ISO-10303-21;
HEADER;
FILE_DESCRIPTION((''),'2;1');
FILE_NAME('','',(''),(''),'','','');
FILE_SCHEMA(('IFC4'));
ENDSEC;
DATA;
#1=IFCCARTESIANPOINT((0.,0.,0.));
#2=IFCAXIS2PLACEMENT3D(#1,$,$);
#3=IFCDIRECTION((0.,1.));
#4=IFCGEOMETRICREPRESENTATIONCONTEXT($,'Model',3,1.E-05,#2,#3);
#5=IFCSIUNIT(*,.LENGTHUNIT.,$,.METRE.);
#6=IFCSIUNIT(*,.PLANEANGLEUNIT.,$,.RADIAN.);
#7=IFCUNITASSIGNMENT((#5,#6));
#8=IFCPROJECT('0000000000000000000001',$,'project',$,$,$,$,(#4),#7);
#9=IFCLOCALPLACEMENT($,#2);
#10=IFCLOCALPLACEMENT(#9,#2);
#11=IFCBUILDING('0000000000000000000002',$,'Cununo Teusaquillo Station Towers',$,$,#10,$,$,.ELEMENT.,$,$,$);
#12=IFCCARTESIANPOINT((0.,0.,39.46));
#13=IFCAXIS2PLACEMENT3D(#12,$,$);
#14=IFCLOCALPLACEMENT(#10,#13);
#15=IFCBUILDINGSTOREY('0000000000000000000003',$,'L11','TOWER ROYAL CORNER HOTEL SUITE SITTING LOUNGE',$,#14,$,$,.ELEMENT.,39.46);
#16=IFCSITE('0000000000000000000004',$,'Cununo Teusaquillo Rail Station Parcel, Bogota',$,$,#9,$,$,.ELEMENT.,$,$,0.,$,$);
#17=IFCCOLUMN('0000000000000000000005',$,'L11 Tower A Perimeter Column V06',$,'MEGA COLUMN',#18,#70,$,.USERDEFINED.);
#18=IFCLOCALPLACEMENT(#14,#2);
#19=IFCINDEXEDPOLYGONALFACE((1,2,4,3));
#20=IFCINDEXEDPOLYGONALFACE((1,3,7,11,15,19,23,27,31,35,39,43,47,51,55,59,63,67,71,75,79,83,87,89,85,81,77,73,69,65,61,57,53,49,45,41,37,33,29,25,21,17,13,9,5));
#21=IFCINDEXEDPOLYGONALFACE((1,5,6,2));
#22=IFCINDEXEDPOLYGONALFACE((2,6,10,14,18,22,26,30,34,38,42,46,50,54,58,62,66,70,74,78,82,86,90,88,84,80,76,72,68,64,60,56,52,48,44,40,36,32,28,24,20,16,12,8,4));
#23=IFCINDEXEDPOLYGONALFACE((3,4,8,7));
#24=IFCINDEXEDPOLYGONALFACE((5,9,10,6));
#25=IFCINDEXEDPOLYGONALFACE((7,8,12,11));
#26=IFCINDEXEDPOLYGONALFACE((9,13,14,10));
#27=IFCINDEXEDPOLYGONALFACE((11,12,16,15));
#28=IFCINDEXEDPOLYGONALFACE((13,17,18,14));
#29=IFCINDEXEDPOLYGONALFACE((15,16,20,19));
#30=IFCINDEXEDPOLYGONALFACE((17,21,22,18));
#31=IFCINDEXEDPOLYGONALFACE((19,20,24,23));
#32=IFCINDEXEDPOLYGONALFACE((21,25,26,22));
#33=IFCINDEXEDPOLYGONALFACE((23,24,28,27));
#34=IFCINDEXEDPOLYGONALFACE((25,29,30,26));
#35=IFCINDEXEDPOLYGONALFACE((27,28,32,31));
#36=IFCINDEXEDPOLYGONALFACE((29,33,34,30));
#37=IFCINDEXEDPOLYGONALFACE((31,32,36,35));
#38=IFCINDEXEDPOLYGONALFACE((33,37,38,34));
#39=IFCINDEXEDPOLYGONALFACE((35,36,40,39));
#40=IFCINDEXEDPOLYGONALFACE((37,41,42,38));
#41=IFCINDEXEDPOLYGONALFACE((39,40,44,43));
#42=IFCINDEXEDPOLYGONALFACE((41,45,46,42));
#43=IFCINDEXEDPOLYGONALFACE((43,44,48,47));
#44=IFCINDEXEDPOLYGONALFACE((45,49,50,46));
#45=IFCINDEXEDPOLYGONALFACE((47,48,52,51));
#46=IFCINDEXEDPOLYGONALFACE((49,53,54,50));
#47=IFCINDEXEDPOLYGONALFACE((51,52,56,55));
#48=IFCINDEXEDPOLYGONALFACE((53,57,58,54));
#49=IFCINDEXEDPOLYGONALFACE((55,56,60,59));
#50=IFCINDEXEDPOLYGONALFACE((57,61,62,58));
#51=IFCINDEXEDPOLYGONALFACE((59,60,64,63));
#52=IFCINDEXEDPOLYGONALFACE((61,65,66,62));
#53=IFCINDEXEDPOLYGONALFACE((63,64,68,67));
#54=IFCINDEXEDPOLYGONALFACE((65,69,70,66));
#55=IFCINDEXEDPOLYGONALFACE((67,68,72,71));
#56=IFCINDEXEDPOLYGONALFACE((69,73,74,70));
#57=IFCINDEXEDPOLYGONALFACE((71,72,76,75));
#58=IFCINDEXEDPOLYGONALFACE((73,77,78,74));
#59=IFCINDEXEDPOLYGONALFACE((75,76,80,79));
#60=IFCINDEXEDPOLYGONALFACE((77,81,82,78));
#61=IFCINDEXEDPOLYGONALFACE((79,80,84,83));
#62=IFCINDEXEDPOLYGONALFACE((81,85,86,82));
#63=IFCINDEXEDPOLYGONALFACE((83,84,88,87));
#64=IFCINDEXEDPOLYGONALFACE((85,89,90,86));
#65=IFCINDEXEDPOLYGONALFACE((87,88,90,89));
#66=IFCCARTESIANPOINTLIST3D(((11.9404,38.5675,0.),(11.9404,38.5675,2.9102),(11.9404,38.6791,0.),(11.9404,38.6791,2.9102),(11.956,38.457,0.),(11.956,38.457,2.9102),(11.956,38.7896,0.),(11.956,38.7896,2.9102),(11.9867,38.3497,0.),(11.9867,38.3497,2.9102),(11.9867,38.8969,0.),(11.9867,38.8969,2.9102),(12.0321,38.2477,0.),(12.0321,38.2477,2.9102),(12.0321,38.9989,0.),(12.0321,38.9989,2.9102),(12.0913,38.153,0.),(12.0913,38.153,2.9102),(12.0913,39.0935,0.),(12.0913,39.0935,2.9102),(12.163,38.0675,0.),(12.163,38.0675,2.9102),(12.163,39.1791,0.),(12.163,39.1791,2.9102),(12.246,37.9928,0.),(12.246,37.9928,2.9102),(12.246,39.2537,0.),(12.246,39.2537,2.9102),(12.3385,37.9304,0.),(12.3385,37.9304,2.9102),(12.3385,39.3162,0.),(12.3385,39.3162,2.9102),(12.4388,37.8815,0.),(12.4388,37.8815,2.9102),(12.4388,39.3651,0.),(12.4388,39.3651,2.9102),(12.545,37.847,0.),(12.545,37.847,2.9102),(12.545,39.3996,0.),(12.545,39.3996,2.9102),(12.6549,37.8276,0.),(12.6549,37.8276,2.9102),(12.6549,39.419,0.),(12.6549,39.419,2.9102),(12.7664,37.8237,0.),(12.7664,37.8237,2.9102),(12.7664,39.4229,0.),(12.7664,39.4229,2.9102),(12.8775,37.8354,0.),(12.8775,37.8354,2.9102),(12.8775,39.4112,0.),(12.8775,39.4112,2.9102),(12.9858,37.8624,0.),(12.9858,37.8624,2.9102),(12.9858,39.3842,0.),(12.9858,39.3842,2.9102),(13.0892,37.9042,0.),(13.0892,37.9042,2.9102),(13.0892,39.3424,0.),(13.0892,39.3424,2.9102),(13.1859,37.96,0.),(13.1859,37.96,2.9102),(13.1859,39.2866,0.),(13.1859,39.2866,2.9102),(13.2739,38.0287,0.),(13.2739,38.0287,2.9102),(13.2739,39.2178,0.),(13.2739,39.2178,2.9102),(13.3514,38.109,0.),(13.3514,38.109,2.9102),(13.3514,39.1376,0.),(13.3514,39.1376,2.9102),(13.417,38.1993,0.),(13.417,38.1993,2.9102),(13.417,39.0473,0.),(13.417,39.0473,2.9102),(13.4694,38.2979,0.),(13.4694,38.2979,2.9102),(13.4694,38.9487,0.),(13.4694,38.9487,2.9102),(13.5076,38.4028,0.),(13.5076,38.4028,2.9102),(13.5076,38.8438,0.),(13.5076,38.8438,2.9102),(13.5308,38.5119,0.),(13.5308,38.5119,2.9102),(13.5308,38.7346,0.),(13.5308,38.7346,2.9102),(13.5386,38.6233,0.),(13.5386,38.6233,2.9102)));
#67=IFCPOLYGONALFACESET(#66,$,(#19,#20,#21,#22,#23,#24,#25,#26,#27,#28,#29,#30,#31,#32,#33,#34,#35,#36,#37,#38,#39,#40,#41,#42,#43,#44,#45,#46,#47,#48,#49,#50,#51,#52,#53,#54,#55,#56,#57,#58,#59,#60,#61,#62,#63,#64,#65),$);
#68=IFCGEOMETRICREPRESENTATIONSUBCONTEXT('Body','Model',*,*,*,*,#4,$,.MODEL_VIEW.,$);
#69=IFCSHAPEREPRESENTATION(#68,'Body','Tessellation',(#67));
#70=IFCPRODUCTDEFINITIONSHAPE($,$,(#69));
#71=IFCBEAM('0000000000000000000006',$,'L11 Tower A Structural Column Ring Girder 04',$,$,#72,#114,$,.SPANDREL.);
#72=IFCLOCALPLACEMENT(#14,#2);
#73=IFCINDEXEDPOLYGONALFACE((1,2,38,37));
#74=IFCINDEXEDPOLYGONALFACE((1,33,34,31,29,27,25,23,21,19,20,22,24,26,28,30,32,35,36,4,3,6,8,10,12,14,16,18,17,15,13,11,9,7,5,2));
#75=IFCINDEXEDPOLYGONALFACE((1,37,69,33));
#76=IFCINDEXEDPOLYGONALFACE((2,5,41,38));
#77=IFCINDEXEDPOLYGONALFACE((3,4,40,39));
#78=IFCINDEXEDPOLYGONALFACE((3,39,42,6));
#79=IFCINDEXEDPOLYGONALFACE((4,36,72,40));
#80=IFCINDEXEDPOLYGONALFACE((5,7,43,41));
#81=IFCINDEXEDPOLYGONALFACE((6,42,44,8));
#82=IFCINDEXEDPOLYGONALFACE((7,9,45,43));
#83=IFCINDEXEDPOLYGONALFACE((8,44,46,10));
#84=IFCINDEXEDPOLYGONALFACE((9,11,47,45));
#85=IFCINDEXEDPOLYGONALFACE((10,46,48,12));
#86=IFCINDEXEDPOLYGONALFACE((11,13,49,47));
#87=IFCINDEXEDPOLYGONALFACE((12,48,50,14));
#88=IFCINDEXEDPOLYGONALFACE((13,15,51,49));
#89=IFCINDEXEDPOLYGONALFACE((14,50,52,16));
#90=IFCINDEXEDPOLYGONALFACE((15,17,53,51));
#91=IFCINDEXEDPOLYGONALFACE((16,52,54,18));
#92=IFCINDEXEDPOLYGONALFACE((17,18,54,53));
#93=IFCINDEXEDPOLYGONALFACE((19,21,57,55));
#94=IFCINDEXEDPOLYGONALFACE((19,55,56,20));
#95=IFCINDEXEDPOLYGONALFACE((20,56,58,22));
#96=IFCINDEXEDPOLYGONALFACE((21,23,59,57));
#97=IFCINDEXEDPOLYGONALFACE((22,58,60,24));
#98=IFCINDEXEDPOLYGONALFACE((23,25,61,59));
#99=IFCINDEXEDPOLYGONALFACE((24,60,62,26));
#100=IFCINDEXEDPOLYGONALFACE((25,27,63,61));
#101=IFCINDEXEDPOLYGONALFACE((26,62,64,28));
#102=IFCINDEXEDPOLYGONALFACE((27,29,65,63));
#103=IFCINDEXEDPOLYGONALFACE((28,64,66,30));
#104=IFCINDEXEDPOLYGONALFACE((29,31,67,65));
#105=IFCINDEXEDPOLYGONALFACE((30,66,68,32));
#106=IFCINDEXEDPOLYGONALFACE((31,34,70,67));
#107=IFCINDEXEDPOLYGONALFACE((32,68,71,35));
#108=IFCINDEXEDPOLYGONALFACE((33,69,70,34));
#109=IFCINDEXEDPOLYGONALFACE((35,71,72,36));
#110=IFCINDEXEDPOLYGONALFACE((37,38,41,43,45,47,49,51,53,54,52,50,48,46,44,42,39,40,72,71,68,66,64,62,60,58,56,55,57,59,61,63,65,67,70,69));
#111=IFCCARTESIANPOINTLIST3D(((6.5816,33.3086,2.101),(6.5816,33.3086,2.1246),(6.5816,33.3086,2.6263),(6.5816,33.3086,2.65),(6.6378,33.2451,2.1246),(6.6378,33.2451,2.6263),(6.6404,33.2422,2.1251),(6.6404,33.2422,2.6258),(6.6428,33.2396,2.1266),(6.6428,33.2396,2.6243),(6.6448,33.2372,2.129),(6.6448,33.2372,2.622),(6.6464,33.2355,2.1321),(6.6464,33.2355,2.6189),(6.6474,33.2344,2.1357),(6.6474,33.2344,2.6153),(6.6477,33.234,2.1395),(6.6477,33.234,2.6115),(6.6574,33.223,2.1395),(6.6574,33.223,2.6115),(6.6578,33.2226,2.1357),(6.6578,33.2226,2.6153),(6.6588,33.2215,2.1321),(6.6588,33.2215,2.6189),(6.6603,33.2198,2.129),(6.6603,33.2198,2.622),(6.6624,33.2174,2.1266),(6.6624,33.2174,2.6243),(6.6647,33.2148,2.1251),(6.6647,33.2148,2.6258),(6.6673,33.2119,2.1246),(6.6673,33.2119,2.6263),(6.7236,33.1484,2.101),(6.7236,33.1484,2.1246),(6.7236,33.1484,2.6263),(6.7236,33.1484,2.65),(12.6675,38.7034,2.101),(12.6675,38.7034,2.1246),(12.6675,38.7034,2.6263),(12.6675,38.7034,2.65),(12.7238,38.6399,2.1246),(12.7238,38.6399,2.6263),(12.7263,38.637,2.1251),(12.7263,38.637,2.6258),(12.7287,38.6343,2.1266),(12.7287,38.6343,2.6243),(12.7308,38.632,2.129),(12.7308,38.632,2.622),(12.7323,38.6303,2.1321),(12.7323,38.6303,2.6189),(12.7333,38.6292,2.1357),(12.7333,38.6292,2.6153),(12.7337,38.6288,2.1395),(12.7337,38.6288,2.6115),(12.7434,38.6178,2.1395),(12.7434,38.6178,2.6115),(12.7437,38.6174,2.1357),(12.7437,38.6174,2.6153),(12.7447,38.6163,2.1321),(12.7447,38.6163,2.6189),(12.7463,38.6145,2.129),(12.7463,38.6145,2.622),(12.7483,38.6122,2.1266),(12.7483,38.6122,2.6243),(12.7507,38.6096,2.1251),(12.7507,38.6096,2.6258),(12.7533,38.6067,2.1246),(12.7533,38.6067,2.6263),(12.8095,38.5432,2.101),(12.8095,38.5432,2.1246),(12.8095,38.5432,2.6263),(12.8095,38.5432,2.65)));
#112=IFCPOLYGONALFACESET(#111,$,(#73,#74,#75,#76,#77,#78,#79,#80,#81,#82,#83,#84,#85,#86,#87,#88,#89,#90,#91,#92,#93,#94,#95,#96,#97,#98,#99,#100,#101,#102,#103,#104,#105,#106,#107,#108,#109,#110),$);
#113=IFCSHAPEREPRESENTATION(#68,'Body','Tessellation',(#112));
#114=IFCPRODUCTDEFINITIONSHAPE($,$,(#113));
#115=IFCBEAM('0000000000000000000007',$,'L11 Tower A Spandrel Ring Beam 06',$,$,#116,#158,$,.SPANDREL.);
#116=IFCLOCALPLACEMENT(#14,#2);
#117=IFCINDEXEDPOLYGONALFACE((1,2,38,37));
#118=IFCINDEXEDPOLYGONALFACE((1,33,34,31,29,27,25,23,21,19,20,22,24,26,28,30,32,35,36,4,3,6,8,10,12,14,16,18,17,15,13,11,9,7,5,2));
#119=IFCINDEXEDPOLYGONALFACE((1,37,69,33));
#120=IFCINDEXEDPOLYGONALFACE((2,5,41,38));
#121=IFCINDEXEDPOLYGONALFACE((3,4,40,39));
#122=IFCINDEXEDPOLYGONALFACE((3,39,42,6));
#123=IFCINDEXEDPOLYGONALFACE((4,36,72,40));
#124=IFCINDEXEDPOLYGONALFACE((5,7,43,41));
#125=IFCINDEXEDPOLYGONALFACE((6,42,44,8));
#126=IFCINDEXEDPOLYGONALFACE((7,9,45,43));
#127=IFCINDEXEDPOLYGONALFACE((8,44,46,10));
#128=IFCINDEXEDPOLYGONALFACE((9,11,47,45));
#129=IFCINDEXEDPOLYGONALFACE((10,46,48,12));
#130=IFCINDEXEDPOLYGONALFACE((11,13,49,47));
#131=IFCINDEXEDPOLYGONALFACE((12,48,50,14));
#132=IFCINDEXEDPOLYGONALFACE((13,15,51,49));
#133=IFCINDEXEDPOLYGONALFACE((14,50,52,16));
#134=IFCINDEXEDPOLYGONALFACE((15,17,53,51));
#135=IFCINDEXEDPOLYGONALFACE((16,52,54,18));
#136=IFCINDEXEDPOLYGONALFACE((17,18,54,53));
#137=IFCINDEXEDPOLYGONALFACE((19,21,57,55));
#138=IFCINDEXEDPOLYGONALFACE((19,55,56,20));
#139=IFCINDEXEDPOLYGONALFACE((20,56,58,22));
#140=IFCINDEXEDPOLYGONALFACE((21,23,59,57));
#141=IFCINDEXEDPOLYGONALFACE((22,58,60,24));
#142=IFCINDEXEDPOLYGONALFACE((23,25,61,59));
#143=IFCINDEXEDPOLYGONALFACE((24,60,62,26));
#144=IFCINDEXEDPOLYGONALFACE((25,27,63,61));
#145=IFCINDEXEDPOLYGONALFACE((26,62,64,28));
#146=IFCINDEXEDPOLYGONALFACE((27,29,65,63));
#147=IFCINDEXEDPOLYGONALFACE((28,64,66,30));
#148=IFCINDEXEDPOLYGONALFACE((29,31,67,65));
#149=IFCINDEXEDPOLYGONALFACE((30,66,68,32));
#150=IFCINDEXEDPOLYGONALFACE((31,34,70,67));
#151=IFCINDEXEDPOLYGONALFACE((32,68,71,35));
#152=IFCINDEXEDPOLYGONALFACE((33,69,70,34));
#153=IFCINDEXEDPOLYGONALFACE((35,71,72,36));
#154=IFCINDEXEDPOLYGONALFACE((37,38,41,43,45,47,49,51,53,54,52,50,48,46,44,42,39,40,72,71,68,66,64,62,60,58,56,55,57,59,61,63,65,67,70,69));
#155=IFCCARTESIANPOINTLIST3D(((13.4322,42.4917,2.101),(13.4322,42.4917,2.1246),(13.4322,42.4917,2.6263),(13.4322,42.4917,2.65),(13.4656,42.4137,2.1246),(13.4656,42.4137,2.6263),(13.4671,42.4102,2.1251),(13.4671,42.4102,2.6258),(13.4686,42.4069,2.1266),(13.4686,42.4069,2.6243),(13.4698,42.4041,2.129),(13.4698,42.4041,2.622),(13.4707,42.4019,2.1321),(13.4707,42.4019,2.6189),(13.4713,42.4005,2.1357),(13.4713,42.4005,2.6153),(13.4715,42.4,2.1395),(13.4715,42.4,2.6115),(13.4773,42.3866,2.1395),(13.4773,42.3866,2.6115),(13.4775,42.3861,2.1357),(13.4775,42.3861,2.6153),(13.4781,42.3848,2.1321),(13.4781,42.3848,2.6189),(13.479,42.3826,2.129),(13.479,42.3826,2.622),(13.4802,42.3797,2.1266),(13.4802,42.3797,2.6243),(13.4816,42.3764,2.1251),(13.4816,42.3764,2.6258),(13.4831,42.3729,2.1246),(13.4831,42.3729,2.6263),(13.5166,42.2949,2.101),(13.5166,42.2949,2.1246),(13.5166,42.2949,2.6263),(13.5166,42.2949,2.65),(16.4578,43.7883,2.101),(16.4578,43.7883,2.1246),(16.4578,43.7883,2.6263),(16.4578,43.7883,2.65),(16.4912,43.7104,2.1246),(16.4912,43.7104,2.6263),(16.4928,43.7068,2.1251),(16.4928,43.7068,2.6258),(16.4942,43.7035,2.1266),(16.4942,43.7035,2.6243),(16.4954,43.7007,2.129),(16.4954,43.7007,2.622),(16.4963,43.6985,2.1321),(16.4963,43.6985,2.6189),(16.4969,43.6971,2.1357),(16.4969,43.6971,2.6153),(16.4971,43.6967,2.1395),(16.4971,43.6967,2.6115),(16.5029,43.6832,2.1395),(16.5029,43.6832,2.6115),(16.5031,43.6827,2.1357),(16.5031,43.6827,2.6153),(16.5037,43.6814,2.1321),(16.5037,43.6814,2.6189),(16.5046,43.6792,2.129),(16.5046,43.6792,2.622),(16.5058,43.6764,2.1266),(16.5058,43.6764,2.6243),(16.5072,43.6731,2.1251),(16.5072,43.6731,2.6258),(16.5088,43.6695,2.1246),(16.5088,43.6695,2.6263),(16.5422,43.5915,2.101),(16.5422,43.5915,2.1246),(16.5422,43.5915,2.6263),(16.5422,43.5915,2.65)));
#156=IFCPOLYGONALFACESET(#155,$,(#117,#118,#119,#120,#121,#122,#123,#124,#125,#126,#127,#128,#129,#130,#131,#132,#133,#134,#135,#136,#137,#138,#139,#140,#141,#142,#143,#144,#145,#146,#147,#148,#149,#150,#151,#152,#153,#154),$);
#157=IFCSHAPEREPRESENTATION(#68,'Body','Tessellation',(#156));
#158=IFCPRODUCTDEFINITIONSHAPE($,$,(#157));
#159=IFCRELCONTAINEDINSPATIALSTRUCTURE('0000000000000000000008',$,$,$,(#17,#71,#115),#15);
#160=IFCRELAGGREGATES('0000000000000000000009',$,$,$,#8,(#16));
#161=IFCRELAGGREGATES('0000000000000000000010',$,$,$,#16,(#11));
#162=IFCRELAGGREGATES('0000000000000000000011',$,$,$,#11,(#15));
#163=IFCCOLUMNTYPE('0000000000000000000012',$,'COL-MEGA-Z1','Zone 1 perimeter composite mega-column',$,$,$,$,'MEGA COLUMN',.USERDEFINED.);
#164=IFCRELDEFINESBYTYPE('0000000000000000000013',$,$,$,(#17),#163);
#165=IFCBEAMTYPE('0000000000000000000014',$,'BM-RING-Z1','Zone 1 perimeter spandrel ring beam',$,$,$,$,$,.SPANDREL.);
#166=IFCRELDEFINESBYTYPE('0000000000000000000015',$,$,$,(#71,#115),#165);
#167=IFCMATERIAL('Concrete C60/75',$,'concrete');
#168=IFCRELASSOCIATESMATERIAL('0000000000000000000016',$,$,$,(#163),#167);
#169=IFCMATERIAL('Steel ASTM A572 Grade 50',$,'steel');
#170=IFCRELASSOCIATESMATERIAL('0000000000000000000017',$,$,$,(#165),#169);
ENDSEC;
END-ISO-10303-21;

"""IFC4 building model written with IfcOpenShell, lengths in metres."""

from ifc_helpers import new_model, si_unit, direction, frame, origin, origin_2d, place, context, subcontext, project, spatial, circle, i_section, extrude, material, material_profile, profile_set, type_object, element, save


model = new_model("IFC4")

# Units and contexts
model_context = context("Model", 3, precision=1e-05, world=origin(), true_north=direction((0.0, 1.0)))
body_context = subcontext(model_context, "Body", "Model", "MODEL_VIEW")
ifc_project = project(units=[si_unit("LENGTHUNIT", "METRE"), si_unit("PLANEANGLEUNIT", "RADIAN")], contexts=[model_context])

# Site, building, storey
site_placement = place(None, origin())
site = spatial("IfcSite", under=ifc_project, at=site_placement, Name="Cununo Teusaquillo Rail Station Parcel, Bogota", CompositionType="ELEMENT", RefElevation=0.0)
building_placement = place(site_placement, origin())
building = spatial("IfcBuilding", under=site, at=building_placement, Name="Cununo Teusaquillo Station Towers", CompositionType="ELEMENT")
storey_placement = place(building_placement, frame((0.0, 0.0, 39.46)))
storey = spatial("IfcBuildingStorey", under=building, at=storey_placement, Name="L11", Description="TOWER ROYAL CORNER HOTEL SUITE SITTING LOUNGE", CompositionType="ELEMENT", Elevation=39.46)

# Column
ifc_material_1 = material(Name="Concrete C60/75", Category="concrete")
ifc_material_profile_1 = material_profile(ifc_material_1, circle(Radius=0.8, at=origin_2d()), Name="RC-CIRC-1600")
ifc_profile_set_1 = profile_set([ifc_material_profile_1], Name="Concrete C60/75")
column_type = type_object("IfcColumnType", Name="COL-MEGA-Z1", Description="Zone 1 perimeter composite mega-column", ElementType="MEGA COLUMN", PredefinedType="USERDEFINED", material=ifc_profile_set_1)
column_placement = place(storey_placement, frame((12.7385, 38.6233, 0.0), z_axis=(0.0, 0.0, 1.0), x_axis=(1.0, 0.0, 0.0)))
element("IfcColumn", 1, at=column_placement, inside=storey, type_object=column_type, Name="L11 Tower A Perimeter Column V06", ObjectType="MEGA COLUMN", PredefinedType="USERDEFINED", context=body_context, shape_type="SweptSolid", body=[
    extrude(circle(Radius=0.8, at=origin_2d()), origin(), (0.0, 0.0, 1.0), 2.9102),
])

# Beams
ifc_material_2 = material(Name="Steel ASTM A572 Grade 50", Category="steel")
ifc_material_profile_2 = material_profile(ifc_material_2, i_section(OverallWidth=0.2141, OverallDepth=0.5491, WebThickness=0.0146, FlangeThickness=0.0237, FilletRadius=0.0149, at=origin_2d()), Name="W21X93")
ifc_profile_set_2 = profile_set([ifc_material_profile_2], Name="Steel ASTM A572 Grade 50")
beam_type = type_object("IfcBeamType", Name="BM-RING-Z1", Description="Zone 1 perimeter spandrel ring beam", PredefinedType="SPANDREL", material=ifc_profile_set_2)
beam_1_placement = place(storey_placement, frame((12.7385, 38.6233, 2.3755), z_axis=(-0.748321, -0.663337, 0.0), x_axis=(0.663337, -0.748321, 0.0)))
element("IfcBeam", 2, at=beam_1_placement, inside=storey, type_object=beam_type, Name="L11 Tower A Structural Column Ring Girder 04", PredefinedType="SPANDREL", context=body_context, shape_type="SweptSolid", body=[
    extrude(i_section(OverallWidth=0.2141, OverallDepth=0.5491, WebThickness=0.0146, FlangeThickness=0.0237, FilletRadius=0.0149, at=origin_2d()), origin(), (0.0, 0.0, 1.0), 8.1328),
])
beam_2_placement = place(storey_placement, frame((16.5, 43.6899, 2.3755), z_axis=(-0.919153, -0.393901, 0.0), x_axis=(0.393901, -0.919153, 0.0)))
element("IfcBeam", 3, at=beam_2_placement, inside=storey, type_object=beam_type, Name="L11 Tower A Spandrel Ring Beam 06", PredefinedType="SPANDREL", context=body_context, shape_type="SweptSolid", body=[
    extrude(i_section(OverallWidth=0.2141, OverallDepth=0.5491, WebThickness=0.0146, FlangeThickness=0.0237, FilletRadius=0.0149, at=origin_2d()), origin(), (0.0, 0.0, 1.0), 3.2917),
])

save(model, "model.ifc")
